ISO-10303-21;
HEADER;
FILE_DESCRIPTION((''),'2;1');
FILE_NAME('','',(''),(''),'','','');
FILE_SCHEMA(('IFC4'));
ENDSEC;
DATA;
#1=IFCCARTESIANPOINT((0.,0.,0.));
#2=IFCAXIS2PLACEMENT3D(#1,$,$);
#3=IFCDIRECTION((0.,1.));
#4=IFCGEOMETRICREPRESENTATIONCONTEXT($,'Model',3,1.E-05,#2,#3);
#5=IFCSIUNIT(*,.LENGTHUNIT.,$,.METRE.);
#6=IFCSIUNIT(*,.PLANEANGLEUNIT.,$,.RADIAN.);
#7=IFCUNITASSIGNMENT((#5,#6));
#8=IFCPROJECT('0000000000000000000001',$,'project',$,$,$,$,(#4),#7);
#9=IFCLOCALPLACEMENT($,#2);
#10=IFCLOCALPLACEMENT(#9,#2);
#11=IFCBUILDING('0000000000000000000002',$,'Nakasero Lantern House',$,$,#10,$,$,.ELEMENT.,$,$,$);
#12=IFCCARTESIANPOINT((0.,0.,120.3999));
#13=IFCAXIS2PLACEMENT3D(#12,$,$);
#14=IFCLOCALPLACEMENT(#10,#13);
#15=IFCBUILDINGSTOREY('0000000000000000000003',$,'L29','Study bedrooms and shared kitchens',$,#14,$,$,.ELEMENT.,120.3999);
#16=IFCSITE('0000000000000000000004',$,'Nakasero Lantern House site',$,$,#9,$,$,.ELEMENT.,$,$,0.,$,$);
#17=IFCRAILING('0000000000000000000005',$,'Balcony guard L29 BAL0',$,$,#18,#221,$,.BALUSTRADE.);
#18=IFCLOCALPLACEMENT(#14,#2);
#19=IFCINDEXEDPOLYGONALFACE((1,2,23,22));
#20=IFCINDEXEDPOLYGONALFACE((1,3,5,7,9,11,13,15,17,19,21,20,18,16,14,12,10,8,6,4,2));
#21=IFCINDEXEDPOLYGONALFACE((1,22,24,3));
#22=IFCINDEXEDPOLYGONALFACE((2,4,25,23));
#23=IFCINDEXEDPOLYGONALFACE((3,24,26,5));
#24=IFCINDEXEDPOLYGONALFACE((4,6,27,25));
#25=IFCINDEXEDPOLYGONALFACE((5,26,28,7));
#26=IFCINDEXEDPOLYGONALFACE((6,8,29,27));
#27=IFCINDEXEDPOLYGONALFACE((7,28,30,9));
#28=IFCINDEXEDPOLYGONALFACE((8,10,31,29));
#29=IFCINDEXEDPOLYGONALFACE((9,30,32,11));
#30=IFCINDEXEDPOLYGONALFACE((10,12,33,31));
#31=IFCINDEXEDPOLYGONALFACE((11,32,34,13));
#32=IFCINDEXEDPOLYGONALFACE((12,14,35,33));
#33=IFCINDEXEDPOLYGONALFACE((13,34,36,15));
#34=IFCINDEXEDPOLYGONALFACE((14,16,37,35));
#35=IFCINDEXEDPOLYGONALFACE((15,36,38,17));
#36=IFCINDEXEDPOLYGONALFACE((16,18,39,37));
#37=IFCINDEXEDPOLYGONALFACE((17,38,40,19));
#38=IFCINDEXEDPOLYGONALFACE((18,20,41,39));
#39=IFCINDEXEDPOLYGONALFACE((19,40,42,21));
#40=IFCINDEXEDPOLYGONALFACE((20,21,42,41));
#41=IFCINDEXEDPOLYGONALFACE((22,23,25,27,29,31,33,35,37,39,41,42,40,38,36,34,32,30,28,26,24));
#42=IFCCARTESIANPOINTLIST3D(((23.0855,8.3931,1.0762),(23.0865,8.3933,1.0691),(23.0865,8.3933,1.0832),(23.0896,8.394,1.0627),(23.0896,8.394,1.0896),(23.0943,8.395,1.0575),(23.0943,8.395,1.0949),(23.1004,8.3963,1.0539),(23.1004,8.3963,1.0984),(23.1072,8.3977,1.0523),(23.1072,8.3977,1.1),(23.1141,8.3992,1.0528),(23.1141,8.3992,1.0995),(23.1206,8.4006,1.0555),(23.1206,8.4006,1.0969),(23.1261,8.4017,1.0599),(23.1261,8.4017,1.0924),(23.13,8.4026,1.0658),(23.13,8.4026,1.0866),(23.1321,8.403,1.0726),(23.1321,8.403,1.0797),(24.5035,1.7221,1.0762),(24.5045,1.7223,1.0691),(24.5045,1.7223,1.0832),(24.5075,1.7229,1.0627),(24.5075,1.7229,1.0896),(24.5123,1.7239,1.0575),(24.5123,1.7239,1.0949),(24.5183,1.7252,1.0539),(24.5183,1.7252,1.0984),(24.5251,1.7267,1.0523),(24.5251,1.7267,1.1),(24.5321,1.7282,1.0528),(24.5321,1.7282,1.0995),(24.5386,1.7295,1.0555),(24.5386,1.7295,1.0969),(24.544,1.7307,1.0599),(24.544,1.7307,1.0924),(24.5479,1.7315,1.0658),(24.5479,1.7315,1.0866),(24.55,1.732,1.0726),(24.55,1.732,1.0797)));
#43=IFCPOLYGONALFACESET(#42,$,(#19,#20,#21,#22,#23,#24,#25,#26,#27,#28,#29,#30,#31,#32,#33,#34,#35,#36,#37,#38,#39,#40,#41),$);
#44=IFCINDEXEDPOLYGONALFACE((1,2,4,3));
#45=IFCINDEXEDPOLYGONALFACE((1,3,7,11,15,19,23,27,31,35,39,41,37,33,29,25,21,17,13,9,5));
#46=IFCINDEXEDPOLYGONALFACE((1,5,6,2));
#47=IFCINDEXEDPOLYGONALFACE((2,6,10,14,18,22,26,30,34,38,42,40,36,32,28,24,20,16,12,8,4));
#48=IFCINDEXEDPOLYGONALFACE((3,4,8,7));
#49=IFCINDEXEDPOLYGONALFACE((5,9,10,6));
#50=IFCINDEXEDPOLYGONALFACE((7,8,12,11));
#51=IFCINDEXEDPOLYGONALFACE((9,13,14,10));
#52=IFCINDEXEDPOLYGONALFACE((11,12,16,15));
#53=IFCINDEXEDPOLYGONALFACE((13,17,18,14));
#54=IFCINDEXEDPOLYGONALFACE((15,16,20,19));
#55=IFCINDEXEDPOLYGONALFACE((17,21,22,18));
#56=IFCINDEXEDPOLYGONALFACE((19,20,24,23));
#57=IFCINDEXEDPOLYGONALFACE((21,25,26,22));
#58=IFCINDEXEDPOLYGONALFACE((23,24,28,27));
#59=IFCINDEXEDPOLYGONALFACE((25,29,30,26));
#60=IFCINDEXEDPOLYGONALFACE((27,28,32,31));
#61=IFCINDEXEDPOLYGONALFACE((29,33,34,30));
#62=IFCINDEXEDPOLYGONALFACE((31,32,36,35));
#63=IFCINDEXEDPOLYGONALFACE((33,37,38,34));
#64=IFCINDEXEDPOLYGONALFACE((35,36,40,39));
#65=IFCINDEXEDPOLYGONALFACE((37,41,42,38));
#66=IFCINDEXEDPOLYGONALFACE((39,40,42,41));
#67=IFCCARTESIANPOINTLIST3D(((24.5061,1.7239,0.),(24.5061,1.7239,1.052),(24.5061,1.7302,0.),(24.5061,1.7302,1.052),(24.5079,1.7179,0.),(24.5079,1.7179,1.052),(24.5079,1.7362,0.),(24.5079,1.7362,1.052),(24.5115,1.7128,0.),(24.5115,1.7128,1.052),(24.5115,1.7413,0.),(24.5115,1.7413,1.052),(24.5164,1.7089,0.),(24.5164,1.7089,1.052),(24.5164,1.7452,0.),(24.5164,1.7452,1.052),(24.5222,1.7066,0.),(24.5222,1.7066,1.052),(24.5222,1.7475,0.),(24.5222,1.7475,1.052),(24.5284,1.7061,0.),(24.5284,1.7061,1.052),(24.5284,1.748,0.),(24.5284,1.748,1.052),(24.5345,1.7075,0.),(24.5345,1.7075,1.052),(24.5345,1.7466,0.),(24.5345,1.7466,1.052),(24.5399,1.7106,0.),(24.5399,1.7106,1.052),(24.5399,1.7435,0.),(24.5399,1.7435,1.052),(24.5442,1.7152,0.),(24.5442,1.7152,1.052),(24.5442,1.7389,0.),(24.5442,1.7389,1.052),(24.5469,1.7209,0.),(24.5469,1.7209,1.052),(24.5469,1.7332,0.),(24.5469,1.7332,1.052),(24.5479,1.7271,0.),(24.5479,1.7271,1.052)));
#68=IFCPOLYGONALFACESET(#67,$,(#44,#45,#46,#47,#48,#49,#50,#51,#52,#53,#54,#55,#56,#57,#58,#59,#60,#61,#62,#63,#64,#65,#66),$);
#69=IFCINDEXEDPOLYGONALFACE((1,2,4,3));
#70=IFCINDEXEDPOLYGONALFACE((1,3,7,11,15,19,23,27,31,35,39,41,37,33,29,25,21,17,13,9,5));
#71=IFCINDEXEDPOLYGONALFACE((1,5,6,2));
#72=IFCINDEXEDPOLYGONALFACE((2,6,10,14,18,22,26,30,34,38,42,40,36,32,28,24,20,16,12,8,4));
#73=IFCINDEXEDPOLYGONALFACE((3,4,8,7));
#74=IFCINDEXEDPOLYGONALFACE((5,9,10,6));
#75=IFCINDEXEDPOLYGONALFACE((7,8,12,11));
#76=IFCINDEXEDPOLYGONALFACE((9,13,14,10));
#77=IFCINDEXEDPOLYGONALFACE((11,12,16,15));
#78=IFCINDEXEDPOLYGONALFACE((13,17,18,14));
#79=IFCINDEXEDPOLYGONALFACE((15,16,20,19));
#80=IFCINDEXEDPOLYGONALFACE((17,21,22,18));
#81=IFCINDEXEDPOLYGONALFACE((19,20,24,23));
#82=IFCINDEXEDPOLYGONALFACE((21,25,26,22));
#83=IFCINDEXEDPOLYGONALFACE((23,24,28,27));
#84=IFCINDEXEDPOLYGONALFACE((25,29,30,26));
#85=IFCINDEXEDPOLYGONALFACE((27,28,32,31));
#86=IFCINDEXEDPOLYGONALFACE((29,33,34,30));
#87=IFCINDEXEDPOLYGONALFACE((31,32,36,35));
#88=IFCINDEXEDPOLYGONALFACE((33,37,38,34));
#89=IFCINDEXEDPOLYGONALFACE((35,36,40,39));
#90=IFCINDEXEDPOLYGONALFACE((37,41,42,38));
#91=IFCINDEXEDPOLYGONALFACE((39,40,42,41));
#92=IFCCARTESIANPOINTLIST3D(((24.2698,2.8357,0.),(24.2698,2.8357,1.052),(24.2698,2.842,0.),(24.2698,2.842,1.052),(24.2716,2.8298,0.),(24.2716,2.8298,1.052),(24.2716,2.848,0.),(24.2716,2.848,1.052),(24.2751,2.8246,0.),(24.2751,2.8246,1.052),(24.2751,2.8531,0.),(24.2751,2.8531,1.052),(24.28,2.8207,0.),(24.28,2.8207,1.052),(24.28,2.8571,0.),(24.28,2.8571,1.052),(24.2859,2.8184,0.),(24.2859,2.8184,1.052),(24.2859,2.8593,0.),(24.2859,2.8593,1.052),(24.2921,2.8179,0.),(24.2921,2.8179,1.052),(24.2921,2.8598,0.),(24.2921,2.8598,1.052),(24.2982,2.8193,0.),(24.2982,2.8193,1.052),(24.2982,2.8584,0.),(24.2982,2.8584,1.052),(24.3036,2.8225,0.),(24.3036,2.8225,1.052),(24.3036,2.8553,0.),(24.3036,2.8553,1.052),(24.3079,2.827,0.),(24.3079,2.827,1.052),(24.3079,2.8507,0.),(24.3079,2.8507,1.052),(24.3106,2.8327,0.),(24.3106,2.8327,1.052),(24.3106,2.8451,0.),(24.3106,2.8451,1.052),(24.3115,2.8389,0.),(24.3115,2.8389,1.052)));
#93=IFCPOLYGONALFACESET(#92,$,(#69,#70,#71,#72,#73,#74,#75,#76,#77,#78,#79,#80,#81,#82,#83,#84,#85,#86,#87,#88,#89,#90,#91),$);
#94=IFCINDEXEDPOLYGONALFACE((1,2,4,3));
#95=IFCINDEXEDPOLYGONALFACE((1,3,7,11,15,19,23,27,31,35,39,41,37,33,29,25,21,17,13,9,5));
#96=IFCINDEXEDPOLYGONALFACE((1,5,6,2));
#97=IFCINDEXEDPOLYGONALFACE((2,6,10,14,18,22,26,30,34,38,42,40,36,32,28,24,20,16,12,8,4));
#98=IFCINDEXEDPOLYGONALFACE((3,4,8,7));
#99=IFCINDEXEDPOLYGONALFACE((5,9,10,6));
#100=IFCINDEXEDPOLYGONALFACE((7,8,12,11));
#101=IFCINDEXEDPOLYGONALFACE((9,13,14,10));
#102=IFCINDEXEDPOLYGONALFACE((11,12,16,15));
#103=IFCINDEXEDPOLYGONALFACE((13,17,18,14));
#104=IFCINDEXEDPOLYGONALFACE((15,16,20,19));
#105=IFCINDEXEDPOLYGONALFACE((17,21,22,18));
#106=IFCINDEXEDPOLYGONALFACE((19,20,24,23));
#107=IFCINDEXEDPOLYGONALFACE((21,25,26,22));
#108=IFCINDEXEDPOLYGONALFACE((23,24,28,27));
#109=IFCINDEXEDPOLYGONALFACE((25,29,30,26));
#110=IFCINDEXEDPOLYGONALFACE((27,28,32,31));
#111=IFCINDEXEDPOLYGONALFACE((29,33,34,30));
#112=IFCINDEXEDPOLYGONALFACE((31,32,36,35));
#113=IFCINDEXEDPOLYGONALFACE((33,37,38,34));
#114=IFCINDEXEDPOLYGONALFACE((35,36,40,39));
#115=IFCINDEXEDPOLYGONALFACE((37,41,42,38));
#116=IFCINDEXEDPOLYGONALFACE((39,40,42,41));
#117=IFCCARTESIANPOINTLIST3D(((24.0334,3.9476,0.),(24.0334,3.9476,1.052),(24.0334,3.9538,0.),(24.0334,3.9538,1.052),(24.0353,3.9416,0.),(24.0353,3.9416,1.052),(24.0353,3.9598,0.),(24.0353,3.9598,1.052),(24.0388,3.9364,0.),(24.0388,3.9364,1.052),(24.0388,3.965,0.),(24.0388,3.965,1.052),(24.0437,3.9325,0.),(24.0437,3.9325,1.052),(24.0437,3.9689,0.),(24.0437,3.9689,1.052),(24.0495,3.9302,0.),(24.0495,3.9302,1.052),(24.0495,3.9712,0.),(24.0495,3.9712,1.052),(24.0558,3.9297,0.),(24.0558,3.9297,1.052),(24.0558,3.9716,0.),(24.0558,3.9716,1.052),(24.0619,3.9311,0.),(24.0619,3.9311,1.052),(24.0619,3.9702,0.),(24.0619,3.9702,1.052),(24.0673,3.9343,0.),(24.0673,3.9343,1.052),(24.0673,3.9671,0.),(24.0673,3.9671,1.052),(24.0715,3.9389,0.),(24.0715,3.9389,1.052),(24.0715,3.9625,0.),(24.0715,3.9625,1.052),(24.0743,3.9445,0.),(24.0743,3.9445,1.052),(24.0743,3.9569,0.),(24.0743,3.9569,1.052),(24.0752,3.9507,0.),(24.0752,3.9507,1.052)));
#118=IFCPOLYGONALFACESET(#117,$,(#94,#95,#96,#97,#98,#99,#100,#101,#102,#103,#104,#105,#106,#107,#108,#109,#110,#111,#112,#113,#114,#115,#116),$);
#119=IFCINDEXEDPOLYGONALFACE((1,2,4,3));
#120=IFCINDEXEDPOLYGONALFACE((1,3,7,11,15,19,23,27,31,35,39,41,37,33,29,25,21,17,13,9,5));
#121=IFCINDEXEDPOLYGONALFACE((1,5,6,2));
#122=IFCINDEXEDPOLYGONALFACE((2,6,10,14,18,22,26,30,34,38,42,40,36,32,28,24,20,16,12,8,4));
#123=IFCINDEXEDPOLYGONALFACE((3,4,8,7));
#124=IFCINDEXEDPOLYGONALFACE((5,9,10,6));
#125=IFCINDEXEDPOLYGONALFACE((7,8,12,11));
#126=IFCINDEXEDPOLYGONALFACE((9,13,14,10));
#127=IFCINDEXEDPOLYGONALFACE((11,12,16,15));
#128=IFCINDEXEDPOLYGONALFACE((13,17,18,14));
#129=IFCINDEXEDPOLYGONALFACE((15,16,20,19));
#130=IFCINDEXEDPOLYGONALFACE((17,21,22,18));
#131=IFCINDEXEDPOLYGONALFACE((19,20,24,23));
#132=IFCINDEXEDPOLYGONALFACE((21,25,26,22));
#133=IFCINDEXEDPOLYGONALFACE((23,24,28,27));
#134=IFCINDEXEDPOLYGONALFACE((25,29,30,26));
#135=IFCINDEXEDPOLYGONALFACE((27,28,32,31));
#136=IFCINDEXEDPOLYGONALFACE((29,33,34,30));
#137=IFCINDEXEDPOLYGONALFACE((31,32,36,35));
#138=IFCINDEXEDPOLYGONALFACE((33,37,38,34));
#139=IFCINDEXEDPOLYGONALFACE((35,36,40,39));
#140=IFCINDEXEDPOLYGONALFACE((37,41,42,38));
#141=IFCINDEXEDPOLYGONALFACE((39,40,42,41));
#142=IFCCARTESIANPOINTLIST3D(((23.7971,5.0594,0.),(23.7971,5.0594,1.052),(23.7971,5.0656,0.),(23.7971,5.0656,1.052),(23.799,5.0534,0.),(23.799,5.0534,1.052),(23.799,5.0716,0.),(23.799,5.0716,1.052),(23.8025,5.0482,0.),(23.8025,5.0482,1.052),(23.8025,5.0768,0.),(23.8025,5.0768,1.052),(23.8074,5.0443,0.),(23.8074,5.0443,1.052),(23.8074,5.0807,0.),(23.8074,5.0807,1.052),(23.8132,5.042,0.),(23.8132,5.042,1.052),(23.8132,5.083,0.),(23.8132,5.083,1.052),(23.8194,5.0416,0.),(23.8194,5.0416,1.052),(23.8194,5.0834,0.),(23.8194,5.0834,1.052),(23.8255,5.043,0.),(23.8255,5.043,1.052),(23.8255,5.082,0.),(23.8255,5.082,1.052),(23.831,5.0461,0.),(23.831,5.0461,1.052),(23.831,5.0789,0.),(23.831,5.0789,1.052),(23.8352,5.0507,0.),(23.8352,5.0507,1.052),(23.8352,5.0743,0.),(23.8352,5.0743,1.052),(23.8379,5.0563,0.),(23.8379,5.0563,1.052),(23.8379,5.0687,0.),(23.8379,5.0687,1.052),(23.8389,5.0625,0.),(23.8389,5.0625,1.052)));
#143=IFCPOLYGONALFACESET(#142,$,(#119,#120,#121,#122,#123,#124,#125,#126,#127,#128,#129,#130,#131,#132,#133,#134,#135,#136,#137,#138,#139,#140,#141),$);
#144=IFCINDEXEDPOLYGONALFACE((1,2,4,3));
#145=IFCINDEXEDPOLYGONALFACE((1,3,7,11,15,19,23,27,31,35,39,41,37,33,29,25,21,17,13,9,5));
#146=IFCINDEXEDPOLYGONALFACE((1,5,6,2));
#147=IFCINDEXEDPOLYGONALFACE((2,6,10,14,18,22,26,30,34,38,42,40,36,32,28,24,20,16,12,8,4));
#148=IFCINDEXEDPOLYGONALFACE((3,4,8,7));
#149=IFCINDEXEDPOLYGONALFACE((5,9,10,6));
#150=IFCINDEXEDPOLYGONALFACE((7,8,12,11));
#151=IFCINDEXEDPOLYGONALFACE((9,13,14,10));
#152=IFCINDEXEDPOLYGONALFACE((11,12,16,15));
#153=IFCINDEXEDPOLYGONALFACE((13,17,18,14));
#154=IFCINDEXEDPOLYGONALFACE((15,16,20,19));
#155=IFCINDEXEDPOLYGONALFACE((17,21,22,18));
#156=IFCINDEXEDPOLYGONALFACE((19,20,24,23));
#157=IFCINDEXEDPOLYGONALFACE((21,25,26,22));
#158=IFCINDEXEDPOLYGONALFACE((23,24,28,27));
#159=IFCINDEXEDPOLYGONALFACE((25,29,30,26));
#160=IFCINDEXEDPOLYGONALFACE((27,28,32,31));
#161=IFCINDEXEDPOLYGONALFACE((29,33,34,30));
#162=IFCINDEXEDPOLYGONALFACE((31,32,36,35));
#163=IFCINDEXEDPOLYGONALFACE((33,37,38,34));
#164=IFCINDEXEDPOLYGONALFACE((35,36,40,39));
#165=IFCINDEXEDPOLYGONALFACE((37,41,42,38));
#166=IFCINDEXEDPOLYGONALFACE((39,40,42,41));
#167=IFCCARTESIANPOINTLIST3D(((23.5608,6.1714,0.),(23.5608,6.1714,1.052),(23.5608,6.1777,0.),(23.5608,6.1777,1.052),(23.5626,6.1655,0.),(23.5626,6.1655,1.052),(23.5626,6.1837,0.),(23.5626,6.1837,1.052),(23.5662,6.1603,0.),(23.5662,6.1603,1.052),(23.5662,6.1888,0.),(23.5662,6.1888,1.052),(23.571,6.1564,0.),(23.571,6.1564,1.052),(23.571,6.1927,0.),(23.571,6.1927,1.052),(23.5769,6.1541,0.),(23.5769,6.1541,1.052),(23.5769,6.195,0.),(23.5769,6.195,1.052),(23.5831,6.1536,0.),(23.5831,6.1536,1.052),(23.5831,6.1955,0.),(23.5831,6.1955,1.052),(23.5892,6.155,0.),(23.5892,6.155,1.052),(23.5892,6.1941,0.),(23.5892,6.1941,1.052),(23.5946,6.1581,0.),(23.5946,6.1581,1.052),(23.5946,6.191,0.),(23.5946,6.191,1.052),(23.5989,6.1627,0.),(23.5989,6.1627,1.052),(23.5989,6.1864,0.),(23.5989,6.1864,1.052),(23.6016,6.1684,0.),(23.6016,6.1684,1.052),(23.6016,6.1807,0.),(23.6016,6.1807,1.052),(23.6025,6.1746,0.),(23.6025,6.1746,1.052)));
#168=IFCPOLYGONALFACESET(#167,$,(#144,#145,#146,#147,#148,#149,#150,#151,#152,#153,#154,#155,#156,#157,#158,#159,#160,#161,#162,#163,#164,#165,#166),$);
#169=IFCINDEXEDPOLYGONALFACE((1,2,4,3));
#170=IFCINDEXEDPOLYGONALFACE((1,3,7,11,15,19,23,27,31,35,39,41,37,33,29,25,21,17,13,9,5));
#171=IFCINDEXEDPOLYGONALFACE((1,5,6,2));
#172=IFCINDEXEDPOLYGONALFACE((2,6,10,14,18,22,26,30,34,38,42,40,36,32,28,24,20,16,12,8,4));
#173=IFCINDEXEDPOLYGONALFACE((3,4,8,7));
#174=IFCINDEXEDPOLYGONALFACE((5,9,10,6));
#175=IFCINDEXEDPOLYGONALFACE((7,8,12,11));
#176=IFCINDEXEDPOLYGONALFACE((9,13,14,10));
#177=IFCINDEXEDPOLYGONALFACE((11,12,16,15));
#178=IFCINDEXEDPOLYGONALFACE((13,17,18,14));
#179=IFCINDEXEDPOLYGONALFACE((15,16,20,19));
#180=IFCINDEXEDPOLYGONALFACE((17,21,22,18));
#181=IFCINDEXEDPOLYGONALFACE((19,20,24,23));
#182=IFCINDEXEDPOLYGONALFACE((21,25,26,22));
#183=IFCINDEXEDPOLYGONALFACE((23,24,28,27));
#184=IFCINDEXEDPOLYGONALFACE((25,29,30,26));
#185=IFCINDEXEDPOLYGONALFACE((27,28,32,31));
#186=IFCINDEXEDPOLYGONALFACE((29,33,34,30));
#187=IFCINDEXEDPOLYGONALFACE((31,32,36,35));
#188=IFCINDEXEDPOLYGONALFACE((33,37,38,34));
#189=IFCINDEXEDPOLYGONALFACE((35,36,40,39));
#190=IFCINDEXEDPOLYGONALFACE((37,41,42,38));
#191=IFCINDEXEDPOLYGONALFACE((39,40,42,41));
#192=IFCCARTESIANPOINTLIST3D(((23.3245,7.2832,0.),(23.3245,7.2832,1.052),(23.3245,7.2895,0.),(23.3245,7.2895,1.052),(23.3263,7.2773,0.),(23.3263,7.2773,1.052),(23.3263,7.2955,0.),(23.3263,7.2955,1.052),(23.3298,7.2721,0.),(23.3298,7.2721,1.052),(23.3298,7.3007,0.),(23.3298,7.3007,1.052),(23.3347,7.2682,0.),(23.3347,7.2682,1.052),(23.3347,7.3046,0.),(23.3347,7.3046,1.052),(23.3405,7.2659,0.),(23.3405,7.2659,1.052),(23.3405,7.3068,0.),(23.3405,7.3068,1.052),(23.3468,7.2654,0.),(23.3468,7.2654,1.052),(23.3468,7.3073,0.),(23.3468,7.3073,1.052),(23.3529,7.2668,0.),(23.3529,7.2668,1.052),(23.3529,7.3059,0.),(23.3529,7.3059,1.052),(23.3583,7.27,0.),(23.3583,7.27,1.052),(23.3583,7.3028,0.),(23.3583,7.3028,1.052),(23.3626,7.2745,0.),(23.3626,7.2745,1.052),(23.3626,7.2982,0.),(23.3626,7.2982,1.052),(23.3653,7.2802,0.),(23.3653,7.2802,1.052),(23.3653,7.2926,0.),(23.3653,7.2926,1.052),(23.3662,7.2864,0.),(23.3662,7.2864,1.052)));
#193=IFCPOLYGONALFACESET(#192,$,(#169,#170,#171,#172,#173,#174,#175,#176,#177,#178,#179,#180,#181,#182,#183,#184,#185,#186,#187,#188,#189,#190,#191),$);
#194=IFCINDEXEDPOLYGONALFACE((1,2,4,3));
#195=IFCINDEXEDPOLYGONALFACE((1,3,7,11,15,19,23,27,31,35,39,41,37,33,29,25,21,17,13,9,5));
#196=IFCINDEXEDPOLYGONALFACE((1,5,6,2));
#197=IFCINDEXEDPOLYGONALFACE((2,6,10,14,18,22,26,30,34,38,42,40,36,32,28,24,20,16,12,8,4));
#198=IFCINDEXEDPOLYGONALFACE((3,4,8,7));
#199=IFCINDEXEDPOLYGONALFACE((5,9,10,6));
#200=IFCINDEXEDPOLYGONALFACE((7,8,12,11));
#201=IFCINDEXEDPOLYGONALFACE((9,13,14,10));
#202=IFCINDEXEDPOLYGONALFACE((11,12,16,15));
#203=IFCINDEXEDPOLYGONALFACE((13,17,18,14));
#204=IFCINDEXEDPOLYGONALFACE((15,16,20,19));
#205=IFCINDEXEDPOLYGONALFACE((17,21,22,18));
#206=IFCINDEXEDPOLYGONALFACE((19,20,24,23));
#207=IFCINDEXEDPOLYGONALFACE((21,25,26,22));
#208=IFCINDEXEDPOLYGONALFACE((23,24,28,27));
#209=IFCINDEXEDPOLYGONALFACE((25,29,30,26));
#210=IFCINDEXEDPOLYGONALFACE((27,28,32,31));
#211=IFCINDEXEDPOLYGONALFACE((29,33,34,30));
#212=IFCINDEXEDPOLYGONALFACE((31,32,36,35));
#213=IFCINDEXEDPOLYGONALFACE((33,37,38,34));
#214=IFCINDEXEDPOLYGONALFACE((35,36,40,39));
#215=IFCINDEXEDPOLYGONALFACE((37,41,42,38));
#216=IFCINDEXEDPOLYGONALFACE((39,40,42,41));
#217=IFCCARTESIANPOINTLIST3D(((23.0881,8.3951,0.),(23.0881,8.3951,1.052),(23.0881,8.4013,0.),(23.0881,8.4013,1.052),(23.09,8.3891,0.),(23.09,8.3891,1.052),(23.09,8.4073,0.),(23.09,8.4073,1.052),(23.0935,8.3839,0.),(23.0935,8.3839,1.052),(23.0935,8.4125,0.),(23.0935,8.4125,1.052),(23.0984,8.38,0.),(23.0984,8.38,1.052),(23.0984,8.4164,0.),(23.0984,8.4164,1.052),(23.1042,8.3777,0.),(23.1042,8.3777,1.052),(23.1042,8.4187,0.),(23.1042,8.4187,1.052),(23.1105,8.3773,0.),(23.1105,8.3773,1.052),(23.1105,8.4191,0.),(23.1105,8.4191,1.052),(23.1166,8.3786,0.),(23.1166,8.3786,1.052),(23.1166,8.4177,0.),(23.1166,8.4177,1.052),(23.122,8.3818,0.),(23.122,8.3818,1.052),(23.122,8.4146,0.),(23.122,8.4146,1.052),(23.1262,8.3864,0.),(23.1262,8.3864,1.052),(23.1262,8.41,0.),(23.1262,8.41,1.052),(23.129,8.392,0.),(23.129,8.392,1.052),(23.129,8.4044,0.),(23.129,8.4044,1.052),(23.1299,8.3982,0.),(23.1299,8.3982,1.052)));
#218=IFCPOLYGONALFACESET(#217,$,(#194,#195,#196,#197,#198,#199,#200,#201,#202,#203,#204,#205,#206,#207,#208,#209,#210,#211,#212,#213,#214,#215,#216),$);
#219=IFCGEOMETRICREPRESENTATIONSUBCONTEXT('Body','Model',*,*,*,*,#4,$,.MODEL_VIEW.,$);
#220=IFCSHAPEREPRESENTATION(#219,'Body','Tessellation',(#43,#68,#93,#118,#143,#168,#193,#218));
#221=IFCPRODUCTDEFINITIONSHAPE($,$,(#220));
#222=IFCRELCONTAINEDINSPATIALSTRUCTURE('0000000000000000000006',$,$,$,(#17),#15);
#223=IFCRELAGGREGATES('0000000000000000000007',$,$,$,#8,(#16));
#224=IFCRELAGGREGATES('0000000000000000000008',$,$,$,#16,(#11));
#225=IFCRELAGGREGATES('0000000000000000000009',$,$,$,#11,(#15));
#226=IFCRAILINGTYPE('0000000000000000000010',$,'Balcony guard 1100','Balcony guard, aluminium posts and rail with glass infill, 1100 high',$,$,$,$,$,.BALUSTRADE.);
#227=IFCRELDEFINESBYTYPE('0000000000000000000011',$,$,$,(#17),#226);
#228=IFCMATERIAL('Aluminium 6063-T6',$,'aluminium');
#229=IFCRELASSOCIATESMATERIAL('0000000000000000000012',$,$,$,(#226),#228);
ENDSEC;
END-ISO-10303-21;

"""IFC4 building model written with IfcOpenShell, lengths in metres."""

from ifc_helpers import new_model, si_unit, direction, frame, origin, origin_2d, place, context, subcontext, project, spatial, circle, extrude, material, type_object, element, save


model = new_model("IFC4")

# Units and contexts
model_context = context("Model", 3, precision=1e-05, world=origin(), true_north=direction((0.0, 1.0)))
body_context = subcontext(model_context, "Body", "Model", "MODEL_VIEW")
ifc_project = project(units=[si_unit("LENGTHUNIT", "METRE"), si_unit("PLANEANGLEUNIT", "RADIAN")], contexts=[model_context])

# Site, building, storey
site_placement = place(None, origin())
site = spatial("IfcSite", under=ifc_project, at=site_placement, Name="Nakasero Lantern House site", CompositionType="ELEMENT", RefElevation=0.0)
building_placement = place(site_placement, origin())
building = spatial("IfcBuilding", under=site, at=building_placement, Name="Nakasero Lantern House", CompositionType="ELEMENT")
storey_placement = place(building_placement, frame((0.0, 0.0, 120.3999)))
storey = spatial("IfcBuildingStorey", under=building, at=storey_placement, Name="L29", Description="Study bedrooms and shared kitchens", CompositionType="ELEMENT", Elevation=120.3999)

# Railing
ifc_material_1 = material(Name="Aluminium 6063-T6", Category="aluminium")
railing_type = type_object("IfcRailingType", Name="Balcony guard 1100", Description="Balcony guard, aluminium posts and rail with glass infill, 1100 high", PredefinedType="BALUSTRADE", material=ifc_material_1)
railing_placement = place(storey_placement, frame((24.5269, 1.7271, 0.0)))
element("IfcRailing", 1, at=railing_placement, inside=storey, type_object=railing_type, Name="Balcony guard L29 BAL0", PredefinedType="BALUSTRADE", context=body_context, shape_type="SweptSolid", body=[
    extrude(circle(Radius=0.0239, at=origin_2d()), frame((0.0, 0.0, 1.0762), z_axis=(-0.207908, 0.978148, 0.0), x_axis=(-0.978148, -0.207908, 0.0)), (0.0, 0.0, 1.0), 6.8201),
    extrude(circle(Radius=0.021, at=origin_2d()), origin(), (0.0, 0.0, 1.0), 1.052),
    extrude(circle(Radius=0.021, at=origin_2d()), frame((-0.2363, 1.1118, 0.0)), (0.0, 0.0, 1.0), 1.052),
    extrude(circle(Radius=0.021, at=origin_2d()), frame((-0.4727, 2.2236, 0.0)), (0.0, 0.0, 1.0), 1.052),
    extrude(circle(Radius=0.021, at=origin_2d()), frame((-0.709, 3.3354, 0.0)), (0.0, 0.0, 1.0), 1.052),
    extrude(circle(Radius=0.021, at=origin_2d()), frame((-0.9453, 4.4475, 0.0)), (0.0, 0.0, 1.0), 1.052),
    extrude(circle(Radius=0.021, at=origin_2d()), frame((-1.1816, 5.5593, 0.0)), (0.0, 0.0, 1.0), 1.052),
    extrude(circle(Radius=0.021, at=origin_2d()), frame((-1.418, 6.6711, 0.0)), (0.0, 0.0, 1.0), 1.052),
])

save(model, "model.ifc")
